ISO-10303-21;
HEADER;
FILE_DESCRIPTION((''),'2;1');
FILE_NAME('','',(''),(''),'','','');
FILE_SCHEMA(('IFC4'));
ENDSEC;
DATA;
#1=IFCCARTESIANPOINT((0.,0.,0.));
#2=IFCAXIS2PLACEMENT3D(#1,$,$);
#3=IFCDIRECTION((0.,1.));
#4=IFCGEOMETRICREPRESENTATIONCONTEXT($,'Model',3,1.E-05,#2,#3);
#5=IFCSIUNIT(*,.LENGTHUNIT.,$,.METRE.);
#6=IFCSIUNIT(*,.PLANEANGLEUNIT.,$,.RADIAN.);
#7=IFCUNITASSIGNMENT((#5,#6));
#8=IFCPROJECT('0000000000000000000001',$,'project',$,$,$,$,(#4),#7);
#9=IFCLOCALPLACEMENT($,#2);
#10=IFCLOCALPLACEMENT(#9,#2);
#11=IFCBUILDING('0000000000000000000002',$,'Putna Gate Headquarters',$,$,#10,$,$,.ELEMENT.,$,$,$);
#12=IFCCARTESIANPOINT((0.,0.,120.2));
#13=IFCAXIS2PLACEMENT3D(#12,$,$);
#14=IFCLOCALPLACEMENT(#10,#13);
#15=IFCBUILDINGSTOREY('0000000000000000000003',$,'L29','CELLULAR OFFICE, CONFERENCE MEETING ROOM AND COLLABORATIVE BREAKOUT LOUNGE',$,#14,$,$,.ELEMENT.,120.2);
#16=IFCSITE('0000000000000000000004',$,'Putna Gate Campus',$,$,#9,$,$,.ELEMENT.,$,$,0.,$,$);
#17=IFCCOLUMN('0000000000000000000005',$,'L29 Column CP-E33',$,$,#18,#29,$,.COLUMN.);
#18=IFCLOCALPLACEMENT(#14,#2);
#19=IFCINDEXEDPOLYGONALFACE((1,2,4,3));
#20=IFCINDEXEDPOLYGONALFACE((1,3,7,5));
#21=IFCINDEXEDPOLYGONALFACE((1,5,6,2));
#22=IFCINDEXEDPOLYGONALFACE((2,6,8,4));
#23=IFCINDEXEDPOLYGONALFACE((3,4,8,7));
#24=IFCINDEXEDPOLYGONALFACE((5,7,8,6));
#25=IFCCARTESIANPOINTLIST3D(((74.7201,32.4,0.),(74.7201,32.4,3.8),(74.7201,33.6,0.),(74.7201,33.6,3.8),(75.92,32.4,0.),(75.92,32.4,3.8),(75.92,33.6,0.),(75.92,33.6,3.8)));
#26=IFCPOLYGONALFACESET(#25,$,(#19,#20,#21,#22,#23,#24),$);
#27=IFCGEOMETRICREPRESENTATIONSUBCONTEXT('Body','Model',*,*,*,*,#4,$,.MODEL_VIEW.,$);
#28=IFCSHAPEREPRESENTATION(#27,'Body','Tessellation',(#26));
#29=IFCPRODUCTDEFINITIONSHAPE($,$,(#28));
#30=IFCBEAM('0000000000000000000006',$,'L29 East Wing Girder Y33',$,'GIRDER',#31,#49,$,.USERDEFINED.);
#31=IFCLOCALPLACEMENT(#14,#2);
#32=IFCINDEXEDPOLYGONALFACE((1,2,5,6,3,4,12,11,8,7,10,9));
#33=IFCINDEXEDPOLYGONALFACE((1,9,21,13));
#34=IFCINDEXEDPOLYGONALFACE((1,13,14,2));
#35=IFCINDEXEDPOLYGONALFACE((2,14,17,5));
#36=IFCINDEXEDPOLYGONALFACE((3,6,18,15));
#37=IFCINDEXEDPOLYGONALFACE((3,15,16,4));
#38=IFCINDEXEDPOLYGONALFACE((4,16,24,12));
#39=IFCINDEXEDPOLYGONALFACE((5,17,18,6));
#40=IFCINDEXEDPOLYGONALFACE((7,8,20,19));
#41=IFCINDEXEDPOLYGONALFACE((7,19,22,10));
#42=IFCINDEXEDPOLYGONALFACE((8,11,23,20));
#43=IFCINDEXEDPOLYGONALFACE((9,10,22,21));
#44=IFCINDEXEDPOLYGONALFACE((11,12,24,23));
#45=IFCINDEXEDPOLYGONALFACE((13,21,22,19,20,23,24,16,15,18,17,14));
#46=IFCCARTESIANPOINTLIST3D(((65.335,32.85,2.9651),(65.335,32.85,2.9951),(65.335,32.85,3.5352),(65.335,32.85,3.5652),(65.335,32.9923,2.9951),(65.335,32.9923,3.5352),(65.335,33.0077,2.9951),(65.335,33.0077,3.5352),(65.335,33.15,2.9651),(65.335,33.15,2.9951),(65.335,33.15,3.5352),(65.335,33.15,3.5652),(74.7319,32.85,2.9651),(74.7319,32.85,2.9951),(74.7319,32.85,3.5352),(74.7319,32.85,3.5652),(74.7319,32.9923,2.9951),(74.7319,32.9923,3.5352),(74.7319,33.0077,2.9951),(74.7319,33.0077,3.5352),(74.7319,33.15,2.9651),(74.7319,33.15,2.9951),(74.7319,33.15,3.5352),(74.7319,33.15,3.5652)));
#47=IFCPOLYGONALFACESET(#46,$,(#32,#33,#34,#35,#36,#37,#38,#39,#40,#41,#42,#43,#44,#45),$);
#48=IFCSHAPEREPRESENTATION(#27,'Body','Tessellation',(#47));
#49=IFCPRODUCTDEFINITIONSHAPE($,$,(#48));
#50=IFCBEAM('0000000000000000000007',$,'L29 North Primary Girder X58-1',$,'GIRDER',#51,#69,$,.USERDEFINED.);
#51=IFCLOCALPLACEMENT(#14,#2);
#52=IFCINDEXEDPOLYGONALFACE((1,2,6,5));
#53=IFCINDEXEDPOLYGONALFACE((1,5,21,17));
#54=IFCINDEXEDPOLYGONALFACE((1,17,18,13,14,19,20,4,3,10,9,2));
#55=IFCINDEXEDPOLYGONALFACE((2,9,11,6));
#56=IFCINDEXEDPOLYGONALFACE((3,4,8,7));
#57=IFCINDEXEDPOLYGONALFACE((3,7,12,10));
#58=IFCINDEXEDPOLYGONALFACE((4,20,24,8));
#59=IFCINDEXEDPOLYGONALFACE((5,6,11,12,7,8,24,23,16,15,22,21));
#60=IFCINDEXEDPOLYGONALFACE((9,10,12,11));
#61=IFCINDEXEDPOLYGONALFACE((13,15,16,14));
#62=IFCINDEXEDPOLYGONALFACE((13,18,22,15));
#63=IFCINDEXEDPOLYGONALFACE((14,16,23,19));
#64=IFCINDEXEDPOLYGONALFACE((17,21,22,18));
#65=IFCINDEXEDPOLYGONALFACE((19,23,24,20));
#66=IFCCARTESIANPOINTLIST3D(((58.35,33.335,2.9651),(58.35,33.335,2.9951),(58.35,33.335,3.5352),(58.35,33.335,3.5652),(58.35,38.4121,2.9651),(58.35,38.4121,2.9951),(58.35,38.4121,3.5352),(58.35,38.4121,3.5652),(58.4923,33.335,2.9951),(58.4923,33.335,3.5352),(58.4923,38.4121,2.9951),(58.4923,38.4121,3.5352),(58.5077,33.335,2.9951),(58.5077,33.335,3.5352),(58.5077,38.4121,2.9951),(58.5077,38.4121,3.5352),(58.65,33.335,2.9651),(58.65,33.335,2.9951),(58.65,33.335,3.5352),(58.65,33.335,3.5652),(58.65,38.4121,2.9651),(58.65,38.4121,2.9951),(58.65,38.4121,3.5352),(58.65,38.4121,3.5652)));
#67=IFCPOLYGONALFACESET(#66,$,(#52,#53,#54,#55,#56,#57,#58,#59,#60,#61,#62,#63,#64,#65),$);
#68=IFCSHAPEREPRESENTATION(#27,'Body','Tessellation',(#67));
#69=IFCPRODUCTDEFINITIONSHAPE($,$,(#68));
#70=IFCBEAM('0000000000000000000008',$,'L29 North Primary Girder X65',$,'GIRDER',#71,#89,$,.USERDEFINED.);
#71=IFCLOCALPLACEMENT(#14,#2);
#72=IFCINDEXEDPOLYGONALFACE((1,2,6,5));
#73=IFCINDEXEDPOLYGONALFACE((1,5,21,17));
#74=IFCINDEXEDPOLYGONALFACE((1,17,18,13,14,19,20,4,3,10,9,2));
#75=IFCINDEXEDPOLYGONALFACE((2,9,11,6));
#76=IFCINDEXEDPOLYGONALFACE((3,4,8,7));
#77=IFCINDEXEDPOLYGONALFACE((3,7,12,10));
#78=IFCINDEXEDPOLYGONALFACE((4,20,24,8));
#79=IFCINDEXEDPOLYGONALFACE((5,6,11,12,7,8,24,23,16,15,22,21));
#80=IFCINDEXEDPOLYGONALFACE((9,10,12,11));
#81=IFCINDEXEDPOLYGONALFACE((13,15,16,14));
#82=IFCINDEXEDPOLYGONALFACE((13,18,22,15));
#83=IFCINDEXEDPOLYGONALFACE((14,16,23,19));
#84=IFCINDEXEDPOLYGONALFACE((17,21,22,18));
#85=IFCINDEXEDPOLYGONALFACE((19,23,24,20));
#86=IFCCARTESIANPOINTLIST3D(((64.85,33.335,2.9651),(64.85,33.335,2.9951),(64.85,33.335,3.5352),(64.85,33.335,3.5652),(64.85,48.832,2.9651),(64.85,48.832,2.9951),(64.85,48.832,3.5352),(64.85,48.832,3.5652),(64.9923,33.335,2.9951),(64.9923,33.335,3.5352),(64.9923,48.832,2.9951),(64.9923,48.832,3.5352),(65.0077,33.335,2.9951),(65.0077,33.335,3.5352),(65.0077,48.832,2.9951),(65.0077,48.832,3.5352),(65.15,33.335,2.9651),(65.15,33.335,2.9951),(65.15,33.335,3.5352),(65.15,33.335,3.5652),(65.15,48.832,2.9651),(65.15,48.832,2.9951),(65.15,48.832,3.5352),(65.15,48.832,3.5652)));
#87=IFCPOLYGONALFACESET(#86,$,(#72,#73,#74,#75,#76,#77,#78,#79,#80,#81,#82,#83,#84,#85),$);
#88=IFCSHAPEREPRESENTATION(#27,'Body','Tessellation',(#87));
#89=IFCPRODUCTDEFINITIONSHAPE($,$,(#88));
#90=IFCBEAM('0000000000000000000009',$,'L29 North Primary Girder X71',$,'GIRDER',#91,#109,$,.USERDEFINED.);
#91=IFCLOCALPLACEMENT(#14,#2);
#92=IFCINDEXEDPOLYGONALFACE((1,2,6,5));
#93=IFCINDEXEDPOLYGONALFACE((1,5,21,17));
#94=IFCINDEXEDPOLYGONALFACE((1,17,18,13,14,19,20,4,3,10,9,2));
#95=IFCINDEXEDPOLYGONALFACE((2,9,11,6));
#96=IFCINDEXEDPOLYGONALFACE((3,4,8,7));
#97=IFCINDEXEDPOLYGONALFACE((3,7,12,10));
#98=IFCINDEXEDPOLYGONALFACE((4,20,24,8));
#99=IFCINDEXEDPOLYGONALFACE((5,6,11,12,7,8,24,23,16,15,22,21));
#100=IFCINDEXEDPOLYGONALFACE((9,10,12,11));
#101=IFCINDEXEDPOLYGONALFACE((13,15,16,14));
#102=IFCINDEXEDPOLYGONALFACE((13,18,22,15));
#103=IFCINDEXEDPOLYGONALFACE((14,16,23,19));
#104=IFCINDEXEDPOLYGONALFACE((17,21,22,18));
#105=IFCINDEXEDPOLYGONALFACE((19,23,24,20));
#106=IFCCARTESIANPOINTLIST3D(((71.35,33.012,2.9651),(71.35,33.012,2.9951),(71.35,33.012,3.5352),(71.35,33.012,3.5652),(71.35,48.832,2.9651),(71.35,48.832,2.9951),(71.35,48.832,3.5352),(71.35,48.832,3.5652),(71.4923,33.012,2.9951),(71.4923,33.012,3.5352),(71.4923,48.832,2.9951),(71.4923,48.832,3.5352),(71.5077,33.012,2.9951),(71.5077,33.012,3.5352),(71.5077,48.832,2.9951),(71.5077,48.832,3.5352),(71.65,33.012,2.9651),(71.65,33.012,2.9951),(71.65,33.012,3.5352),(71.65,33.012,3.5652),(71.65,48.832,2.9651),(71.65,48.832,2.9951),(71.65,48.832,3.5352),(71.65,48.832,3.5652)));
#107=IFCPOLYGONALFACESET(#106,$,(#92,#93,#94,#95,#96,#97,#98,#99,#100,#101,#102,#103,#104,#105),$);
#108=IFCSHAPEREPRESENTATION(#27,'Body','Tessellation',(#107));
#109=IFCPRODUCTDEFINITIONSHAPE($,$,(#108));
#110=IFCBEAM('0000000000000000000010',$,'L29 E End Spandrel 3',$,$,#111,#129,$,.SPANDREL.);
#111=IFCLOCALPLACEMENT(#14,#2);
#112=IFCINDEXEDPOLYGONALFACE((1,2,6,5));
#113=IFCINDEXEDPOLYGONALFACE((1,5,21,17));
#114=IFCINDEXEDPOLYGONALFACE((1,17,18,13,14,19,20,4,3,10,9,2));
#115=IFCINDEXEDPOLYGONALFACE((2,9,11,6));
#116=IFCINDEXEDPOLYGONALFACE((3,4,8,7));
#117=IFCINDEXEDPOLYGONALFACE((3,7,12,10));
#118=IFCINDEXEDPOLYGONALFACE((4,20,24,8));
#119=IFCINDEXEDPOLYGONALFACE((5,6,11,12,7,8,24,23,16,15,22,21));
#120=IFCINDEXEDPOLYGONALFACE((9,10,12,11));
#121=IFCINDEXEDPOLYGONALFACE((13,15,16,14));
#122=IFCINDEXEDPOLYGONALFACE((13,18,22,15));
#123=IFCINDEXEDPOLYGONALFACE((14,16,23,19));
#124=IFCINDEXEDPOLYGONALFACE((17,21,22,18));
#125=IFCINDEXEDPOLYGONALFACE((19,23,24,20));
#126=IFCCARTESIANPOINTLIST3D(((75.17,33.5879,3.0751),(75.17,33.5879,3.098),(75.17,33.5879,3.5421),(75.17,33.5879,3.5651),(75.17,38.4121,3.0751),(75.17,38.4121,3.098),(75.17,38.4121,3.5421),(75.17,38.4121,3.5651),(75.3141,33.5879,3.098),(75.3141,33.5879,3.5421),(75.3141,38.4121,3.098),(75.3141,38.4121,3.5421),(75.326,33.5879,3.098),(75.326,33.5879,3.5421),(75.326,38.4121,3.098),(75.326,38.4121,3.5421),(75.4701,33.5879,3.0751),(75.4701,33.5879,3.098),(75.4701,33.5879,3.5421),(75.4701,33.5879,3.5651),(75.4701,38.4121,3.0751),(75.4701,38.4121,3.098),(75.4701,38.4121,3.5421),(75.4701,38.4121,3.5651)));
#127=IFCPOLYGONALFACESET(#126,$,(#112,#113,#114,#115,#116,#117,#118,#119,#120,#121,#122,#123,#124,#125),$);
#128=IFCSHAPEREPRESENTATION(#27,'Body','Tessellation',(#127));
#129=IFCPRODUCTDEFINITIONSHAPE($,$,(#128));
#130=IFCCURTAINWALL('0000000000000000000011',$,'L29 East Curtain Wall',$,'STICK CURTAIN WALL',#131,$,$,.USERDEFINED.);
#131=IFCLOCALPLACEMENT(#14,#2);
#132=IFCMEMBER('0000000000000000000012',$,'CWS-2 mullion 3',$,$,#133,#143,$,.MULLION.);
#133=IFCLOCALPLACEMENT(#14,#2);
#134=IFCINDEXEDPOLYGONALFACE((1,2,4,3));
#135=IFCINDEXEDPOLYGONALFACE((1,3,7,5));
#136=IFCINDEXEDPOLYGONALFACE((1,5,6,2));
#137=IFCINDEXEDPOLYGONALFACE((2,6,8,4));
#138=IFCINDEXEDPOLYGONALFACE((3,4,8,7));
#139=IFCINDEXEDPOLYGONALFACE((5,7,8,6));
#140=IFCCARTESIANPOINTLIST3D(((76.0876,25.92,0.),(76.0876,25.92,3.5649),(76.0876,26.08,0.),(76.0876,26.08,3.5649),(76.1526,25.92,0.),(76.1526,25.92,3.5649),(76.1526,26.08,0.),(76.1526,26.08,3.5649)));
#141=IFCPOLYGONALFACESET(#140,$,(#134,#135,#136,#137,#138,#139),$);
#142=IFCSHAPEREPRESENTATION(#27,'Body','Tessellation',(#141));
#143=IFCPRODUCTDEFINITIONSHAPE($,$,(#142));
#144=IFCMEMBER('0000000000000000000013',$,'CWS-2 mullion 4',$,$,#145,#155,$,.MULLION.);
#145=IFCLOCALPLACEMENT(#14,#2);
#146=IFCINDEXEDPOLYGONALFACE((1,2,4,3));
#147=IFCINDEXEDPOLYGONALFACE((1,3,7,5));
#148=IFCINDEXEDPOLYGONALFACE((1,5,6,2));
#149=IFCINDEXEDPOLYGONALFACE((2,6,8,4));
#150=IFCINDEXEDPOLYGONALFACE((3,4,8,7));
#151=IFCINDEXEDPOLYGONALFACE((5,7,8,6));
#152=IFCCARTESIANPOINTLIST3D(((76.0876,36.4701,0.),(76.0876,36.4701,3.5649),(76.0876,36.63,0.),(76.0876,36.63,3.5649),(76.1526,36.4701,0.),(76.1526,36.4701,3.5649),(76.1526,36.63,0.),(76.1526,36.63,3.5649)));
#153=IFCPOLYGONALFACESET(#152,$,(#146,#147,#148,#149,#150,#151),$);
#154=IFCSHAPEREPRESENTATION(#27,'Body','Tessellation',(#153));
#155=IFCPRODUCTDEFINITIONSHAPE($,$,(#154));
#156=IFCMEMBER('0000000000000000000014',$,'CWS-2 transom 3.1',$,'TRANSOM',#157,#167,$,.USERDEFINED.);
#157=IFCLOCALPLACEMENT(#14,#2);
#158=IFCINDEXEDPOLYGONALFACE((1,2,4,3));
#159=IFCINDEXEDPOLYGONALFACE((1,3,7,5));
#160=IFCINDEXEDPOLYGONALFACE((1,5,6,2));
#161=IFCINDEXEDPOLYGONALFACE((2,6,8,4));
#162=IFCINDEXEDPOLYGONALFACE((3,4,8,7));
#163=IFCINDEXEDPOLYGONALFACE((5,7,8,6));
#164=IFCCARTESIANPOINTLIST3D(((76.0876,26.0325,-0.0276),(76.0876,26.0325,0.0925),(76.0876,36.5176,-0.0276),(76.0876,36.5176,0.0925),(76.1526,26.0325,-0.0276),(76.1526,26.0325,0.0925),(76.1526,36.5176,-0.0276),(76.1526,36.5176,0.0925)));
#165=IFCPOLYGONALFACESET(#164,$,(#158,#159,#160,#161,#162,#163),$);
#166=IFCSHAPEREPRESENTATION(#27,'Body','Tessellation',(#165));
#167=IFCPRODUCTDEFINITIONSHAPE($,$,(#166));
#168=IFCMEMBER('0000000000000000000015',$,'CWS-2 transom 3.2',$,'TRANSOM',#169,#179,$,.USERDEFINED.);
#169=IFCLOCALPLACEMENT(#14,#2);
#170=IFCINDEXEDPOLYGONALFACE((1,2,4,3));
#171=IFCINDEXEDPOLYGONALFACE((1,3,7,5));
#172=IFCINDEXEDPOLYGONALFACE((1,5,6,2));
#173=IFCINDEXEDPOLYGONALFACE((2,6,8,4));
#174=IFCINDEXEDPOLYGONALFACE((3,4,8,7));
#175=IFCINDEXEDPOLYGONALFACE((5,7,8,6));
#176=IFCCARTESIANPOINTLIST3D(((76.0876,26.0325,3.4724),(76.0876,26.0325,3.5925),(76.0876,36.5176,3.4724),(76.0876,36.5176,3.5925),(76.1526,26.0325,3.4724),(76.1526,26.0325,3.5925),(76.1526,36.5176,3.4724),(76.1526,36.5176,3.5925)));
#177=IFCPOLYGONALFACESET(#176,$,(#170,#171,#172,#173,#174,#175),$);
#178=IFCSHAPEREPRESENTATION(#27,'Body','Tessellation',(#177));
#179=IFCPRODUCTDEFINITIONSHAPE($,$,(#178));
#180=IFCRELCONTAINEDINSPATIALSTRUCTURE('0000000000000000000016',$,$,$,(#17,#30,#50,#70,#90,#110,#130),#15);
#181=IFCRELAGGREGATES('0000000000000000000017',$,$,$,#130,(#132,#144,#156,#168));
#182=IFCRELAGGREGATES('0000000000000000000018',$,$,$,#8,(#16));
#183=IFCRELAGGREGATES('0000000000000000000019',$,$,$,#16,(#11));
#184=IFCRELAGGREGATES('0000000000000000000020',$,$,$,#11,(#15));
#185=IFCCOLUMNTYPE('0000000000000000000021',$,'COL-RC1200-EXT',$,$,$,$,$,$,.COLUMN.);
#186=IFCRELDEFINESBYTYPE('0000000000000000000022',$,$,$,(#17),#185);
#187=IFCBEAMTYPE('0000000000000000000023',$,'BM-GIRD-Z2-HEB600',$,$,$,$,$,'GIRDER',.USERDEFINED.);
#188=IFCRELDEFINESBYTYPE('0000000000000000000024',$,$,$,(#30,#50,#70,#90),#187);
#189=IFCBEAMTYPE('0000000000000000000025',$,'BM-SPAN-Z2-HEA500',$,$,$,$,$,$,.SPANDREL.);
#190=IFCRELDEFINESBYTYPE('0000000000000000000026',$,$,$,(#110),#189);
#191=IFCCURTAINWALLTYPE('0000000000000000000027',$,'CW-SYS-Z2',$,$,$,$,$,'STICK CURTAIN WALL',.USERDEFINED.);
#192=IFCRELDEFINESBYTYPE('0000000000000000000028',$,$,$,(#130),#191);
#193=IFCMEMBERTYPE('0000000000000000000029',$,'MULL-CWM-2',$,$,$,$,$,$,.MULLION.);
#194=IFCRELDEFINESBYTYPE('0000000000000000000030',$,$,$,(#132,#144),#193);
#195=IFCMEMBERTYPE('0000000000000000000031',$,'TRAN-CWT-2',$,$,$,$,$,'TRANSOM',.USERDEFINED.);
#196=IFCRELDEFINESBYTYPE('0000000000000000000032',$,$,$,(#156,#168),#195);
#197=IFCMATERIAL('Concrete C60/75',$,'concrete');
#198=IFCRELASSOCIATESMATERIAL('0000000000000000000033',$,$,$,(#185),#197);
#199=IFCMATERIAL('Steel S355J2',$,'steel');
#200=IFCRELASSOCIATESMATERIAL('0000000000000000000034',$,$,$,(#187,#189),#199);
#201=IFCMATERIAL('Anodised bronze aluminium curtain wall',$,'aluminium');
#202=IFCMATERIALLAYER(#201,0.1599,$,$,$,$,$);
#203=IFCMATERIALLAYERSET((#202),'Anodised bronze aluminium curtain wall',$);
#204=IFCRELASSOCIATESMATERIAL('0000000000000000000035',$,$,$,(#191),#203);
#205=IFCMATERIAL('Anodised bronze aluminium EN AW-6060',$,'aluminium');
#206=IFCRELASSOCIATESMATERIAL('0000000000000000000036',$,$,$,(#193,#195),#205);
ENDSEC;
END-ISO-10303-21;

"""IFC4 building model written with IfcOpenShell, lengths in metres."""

from ifc_helpers import new_model, si_unit, direction, frame, origin, origin_2d, place, context, subcontext, project, spatial, rectangle, i_section, extrude, material, layer, layer_set, material_profile, profile_set, type_object, element, aggregate, save


model = new_model("IFC4")

# Units and contexts
model_context = context("Model", 3, precision=1e-05, world=origin(), true_north=direction((0.0, 1.0)))
body_context = subcontext(model_context, "Body", "Model", "MODEL_VIEW")
ifc_project = project(units=[si_unit("LENGTHUNIT", "METRE"), si_unit("PLANEANGLEUNIT", "RADIAN")], contexts=[model_context])

# Site, building, storey
site_placement = place(None, origin())
site = spatial("IfcSite", under=ifc_project, at=site_placement, Name="Putna Gate Campus", CompositionType="ELEMENT", RefElevation=0.0)
building_placement = place(site_placement, origin())
building = spatial("IfcBuilding", under=site, at=building_placement, Name="Putna Gate Headquarters", CompositionType="ELEMENT")
storey_placement = place(building_placement, frame((0.0, 0.0, 120.2)))
storey = spatial("IfcBuildingStorey", under=building, at=storey_placement, Name="L29", Description="CELLULAR OFFICE, CONFERENCE MEETING ROOM AND COLLABORATIVE BREAKOUT LOUNGE", CompositionType="ELEMENT", Elevation=120.2)

# Column
ifc_material_1 = material(Name="Concrete C60/75", Category="concrete")
ifc_material_profile_1 = material_profile(ifc_material_1, rectangle(XDim=1.2, YDim=1.2, at=origin_2d()), Name="Concrete C60/75")
ifc_profile_set_1 = profile_set([ifc_material_profile_1], Name="Concrete C60/75")
column_type = type_object("IfcColumnType", Name="COL-RC1200-EXT", PredefinedType="COLUMN", material=ifc_profile_set_1)
column_placement = place(storey_placement, frame((75.3201, 33.0, 0.0), z_axis=(0.0, 0.0, 1.0), x_axis=(1.0, 0.0, 0.0)))
element("IfcColumn", 1, at=column_placement, inside=storey, type_object=column_type, Name="L29 Column CP-E33", PredefinedType="COLUMN", context=body_context, shape_type="SweptSolid", body=[
    extrude(rectangle(XDim=1.2, YDim=1.2, at=origin_2d()), origin(), (0.0, 0.0, 1.0), 3.8),
])

# Beams
ifc_material_2 = material(Name="Steel S355J2", Category="steel")
ifc_material_profile_2 = material_profile(ifc_material_2, i_section(OverallWidth=0.3, OverallDepth=0.6001, WebThickness=0.0154, FlangeThickness=0.03, at=origin_2d()), Name="Steel S355J2")
ifc_profile_set_2 = profile_set([ifc_material_profile_2], Name="Steel S355J2")
beam_type_1 = type_object("IfcBeamType", Name="BM-GIRD-Z2-HEB600", ElementType="GIRDER", PredefinedType="USERDEFINED", material=ifc_profile_set_2)
beam_1_placement = place(storey_placement, frame((65.335, 33.0, 3.2651), z_axis=(1.0, 0.0, 0.0), x_axis=(0.0, 1.0, 0.0)))
element("IfcBeam", 2, at=beam_1_placement, inside=storey, type_object=beam_type_1, Name="L29 East Wing Girder Y33", ObjectType="GIRDER", PredefinedType="USERDEFINED", context=body_context, shape_type="SweptSolid", body=[
    extrude(i_section(OverallWidth=0.3, OverallDepth=0.6001, WebThickness=0.0154, FlangeThickness=0.03, at=origin_2d()), origin(), (0.0, 0.0, 1.0), 9.397),
])
beam_2_placement = place(storey_placement, frame((58.5, 33.335, 3.2651), z_axis=(0.0, 1.0, 0.0), x_axis=(-1.0, 0.0, 0.0)))
element("IfcBeam", 3, at=beam_2_placement, inside=storey, type_object=beam_type_1, Name="L29 North Primary Girder X58-1", ObjectType="GIRDER", PredefinedType="USERDEFINED", context=body_context, shape_type="SweptSolid", body=[
    extrude(i_section(OverallWidth=0.3, OverallDepth=0.6001, WebThickness=0.0154, FlangeThickness=0.03, at=origin_2d()), origin(), (0.0, 0.0, 1.0), 5.0771),
])
beam_3_placement = place(storey_placement, frame((65.0, 33.335, 3.2651), z_axis=(0.0, 1.0, 0.0), x_axis=(-1.0, 0.0, 0.0)))
element("IfcBeam", 4, at=beam_3_placement, inside=storey, type_object=beam_type_1, Name="L29 North Primary Girder X65", ObjectType="GIRDER", PredefinedType="USERDEFINED", context=body_context, shape_type="SweptSolid", body=[
    extrude(i_section(OverallWidth=0.3, OverallDepth=0.6001, WebThickness=0.0154, FlangeThickness=0.03, at=origin_2d()), origin(), (0.0, 0.0, 1.0), 15.4971),
])
beam_4_placement = place(storey_placement, frame((71.5, 33.012, 3.2651), z_axis=(0.0, 1.0, 0.0), x_axis=(-1.0, 0.0, 0.0)))
element("IfcBeam", 5, at=beam_4_placement, inside=storey, type_object=beam_type_1, Name="L29 North Primary Girder X71", ObjectType="GIRDER", PredefinedType="USERDEFINED", context=body_context, shape_type="SweptSolid", body=[
    extrude(i_section(OverallWidth=0.3, OverallDepth=0.6001, WebThickness=0.0154, FlangeThickness=0.03, at=origin_2d()), origin(), (0.0, 0.0, 1.0), 15.8201),
])
ifc_material_profile_3 = material_profile(ifc_material_2, i_section(OverallWidth=0.3, OverallDepth=0.49, WebThickness=0.012, FlangeThickness=0.0229, at=origin_2d()), Name="Steel S355J2")
ifc_profile_set_3 = profile_set([ifc_material_profile_3], Name="Steel S355J2")
beam_type_2 = type_object("IfcBeamType", Name="BM-SPAN-Z2-HEA500", PredefinedType="SPANDREL", material=ifc_profile_set_3)
beam_5_placement = place(storey_placement, frame((75.3201, 33.5879, 3.3201), z_axis=(0.0, 1.0, 0.0), x_axis=(-1.0, 0.0, 0.0)))
element("IfcBeam", 6, at=beam_5_placement, inside=storey, type_object=beam_type_2, Name="L29 E End Spandrel 3", PredefinedType="SPANDREL", context=body_context, shape_type="SweptSolid", body=[
    extrude(i_section(OverallWidth=0.3, OverallDepth=0.49, WebThickness=0.012, FlangeThickness=0.0229, at=origin_2d()), origin(), (0.0, 0.0, 1.0), 4.8242),
])

# Curtain wall, members
ifc_material_3 = material(Name="Anodised bronze aluminium curtain wall", Category="aluminium")
ifc_layer_1 = layer(ifc_material_3, 0.1599)
ifc_layer_set_1 = layer_set([ifc_layer_1], Name="Anodised bronze aluminium curtain wall")
curtain_wall_type = type_object("IfcCurtainWallType", Name="CW-SYS-Z2", ElementType="STICK CURTAIN WALL", PredefinedType="USERDEFINED", material=ifc_layer_set_1)
curtain_wall_placement = place(storey_placement, origin())
curtain_wall = element("IfcCurtainWall", 7, at=curtain_wall_placement, inside=storey, type_object=curtain_wall_type, Name="L29 East Curtain Wall", ObjectType="STICK CURTAIN WALL", PredefinedType="USERDEFINED")
ifc_material_4 = material(Name="Anodised bronze aluminium EN AW-6060", Category="aluminium")
ifc_material_profile_4 = material_profile(ifc_material_4, rectangle(XDim=0.0649, YDim=0.1599, at=origin_2d()), Name="Anodised bronze aluminium EN AW-6060")
ifc_profile_set_4 = profile_set([ifc_material_profile_4], Name="Anodised bronze aluminium EN AW-6060")
member_type_1 = type_object("IfcMemberType", Name="MULL-CWM-2", PredefinedType="MULLION", material=ifc_profile_set_4)
member_1_placement = place(storey_placement, frame((76.1201, 26.0, 0.0), z_axis=(0.0, 0.0, 1.0), x_axis=(-1.0, 0.0, 0.0)))
member_1 = element("IfcMember", 8, at=member_1_placement, type_object=member_type_1, Name="CWS-2 mullion 3", PredefinedType="MULLION", context=body_context, shape_type="SweptSolid", body=[
    extrude(rectangle(XDim=0.0649, YDim=0.1599, at=origin_2d()), origin(), (0.0, 0.0, 1.0), 3.5649),
])
member_2_placement = place(storey_placement, frame((76.1201, 36.55, 0.0), z_axis=(0.0, 0.0, 1.0), x_axis=(-1.0, 0.0, 0.0)))
member_2 = element("IfcMember", 9, at=member_2_placement, type_object=member_type_1, Name="CWS-2 mullion 4", PredefinedType="MULLION", context=body_context, shape_type="SweptSolid", body=[
    extrude(rectangle(XDim=0.0649, YDim=0.1599, at=origin_2d()), origin(), (0.0, 0.0, 1.0), 3.5649),
])
ifc_material_profile_5 = material_profile(ifc_material_4, rectangle(XDim=0.0649, YDim=0.1201, at=origin_2d()), Name="Anodised bronze aluminium EN AW-6060")
ifc_profile_set_5 = profile_set([ifc_material_profile_5], Name="Anodised bronze aluminium EN AW-6060")
member_type_2 = type_object("IfcMemberType", Name="TRAN-CWT-2", ElementType="TRANSOM", PredefinedType="USERDEFINED", material=ifc_profile_set_5)
member_3_placement = place(storey_placement, frame((76.1201, 26.0325, 0.0325), z_axis=(0.0, 1.0, 0.0), x_axis=(-1.0, 0.0, 0.0)))
member_3 = element("IfcMember", 10, at=member_3_placement, type_object=member_type_2, Name="CWS-2 transom 3.1", ObjectType="TRANSOM", PredefinedType="USERDEFINED", context=body_context, shape_type="SweptSolid", body=[
    extrude(rectangle(XDim=0.0649, YDim=0.1201, at=origin_2d()), origin(), (0.0, 0.0, 1.0), 10.4851),
])
member_4_placement = place(storey_placement, frame((76.1201, 26.0325, 3.5325), z_axis=(0.0, 1.0, 0.0), x_axis=(-1.0, 0.0, 0.0)))
member_4 = element("IfcMember", 11, at=member_4_placement, type_object=member_type_2, Name="CWS-2 transom 3.2", ObjectType="TRANSOM", PredefinedType="USERDEFINED", context=body_context, shape_type="SweptSolid", body=[
    extrude(rectangle(XDim=0.0649, YDim=0.1201, at=origin_2d()), origin(), (0.0, 0.0, 1.0), 10.4851),
])
aggregate(curtain_wall, [member_1, member_2, member_3, member_4])

save(model, "model.ifc")
